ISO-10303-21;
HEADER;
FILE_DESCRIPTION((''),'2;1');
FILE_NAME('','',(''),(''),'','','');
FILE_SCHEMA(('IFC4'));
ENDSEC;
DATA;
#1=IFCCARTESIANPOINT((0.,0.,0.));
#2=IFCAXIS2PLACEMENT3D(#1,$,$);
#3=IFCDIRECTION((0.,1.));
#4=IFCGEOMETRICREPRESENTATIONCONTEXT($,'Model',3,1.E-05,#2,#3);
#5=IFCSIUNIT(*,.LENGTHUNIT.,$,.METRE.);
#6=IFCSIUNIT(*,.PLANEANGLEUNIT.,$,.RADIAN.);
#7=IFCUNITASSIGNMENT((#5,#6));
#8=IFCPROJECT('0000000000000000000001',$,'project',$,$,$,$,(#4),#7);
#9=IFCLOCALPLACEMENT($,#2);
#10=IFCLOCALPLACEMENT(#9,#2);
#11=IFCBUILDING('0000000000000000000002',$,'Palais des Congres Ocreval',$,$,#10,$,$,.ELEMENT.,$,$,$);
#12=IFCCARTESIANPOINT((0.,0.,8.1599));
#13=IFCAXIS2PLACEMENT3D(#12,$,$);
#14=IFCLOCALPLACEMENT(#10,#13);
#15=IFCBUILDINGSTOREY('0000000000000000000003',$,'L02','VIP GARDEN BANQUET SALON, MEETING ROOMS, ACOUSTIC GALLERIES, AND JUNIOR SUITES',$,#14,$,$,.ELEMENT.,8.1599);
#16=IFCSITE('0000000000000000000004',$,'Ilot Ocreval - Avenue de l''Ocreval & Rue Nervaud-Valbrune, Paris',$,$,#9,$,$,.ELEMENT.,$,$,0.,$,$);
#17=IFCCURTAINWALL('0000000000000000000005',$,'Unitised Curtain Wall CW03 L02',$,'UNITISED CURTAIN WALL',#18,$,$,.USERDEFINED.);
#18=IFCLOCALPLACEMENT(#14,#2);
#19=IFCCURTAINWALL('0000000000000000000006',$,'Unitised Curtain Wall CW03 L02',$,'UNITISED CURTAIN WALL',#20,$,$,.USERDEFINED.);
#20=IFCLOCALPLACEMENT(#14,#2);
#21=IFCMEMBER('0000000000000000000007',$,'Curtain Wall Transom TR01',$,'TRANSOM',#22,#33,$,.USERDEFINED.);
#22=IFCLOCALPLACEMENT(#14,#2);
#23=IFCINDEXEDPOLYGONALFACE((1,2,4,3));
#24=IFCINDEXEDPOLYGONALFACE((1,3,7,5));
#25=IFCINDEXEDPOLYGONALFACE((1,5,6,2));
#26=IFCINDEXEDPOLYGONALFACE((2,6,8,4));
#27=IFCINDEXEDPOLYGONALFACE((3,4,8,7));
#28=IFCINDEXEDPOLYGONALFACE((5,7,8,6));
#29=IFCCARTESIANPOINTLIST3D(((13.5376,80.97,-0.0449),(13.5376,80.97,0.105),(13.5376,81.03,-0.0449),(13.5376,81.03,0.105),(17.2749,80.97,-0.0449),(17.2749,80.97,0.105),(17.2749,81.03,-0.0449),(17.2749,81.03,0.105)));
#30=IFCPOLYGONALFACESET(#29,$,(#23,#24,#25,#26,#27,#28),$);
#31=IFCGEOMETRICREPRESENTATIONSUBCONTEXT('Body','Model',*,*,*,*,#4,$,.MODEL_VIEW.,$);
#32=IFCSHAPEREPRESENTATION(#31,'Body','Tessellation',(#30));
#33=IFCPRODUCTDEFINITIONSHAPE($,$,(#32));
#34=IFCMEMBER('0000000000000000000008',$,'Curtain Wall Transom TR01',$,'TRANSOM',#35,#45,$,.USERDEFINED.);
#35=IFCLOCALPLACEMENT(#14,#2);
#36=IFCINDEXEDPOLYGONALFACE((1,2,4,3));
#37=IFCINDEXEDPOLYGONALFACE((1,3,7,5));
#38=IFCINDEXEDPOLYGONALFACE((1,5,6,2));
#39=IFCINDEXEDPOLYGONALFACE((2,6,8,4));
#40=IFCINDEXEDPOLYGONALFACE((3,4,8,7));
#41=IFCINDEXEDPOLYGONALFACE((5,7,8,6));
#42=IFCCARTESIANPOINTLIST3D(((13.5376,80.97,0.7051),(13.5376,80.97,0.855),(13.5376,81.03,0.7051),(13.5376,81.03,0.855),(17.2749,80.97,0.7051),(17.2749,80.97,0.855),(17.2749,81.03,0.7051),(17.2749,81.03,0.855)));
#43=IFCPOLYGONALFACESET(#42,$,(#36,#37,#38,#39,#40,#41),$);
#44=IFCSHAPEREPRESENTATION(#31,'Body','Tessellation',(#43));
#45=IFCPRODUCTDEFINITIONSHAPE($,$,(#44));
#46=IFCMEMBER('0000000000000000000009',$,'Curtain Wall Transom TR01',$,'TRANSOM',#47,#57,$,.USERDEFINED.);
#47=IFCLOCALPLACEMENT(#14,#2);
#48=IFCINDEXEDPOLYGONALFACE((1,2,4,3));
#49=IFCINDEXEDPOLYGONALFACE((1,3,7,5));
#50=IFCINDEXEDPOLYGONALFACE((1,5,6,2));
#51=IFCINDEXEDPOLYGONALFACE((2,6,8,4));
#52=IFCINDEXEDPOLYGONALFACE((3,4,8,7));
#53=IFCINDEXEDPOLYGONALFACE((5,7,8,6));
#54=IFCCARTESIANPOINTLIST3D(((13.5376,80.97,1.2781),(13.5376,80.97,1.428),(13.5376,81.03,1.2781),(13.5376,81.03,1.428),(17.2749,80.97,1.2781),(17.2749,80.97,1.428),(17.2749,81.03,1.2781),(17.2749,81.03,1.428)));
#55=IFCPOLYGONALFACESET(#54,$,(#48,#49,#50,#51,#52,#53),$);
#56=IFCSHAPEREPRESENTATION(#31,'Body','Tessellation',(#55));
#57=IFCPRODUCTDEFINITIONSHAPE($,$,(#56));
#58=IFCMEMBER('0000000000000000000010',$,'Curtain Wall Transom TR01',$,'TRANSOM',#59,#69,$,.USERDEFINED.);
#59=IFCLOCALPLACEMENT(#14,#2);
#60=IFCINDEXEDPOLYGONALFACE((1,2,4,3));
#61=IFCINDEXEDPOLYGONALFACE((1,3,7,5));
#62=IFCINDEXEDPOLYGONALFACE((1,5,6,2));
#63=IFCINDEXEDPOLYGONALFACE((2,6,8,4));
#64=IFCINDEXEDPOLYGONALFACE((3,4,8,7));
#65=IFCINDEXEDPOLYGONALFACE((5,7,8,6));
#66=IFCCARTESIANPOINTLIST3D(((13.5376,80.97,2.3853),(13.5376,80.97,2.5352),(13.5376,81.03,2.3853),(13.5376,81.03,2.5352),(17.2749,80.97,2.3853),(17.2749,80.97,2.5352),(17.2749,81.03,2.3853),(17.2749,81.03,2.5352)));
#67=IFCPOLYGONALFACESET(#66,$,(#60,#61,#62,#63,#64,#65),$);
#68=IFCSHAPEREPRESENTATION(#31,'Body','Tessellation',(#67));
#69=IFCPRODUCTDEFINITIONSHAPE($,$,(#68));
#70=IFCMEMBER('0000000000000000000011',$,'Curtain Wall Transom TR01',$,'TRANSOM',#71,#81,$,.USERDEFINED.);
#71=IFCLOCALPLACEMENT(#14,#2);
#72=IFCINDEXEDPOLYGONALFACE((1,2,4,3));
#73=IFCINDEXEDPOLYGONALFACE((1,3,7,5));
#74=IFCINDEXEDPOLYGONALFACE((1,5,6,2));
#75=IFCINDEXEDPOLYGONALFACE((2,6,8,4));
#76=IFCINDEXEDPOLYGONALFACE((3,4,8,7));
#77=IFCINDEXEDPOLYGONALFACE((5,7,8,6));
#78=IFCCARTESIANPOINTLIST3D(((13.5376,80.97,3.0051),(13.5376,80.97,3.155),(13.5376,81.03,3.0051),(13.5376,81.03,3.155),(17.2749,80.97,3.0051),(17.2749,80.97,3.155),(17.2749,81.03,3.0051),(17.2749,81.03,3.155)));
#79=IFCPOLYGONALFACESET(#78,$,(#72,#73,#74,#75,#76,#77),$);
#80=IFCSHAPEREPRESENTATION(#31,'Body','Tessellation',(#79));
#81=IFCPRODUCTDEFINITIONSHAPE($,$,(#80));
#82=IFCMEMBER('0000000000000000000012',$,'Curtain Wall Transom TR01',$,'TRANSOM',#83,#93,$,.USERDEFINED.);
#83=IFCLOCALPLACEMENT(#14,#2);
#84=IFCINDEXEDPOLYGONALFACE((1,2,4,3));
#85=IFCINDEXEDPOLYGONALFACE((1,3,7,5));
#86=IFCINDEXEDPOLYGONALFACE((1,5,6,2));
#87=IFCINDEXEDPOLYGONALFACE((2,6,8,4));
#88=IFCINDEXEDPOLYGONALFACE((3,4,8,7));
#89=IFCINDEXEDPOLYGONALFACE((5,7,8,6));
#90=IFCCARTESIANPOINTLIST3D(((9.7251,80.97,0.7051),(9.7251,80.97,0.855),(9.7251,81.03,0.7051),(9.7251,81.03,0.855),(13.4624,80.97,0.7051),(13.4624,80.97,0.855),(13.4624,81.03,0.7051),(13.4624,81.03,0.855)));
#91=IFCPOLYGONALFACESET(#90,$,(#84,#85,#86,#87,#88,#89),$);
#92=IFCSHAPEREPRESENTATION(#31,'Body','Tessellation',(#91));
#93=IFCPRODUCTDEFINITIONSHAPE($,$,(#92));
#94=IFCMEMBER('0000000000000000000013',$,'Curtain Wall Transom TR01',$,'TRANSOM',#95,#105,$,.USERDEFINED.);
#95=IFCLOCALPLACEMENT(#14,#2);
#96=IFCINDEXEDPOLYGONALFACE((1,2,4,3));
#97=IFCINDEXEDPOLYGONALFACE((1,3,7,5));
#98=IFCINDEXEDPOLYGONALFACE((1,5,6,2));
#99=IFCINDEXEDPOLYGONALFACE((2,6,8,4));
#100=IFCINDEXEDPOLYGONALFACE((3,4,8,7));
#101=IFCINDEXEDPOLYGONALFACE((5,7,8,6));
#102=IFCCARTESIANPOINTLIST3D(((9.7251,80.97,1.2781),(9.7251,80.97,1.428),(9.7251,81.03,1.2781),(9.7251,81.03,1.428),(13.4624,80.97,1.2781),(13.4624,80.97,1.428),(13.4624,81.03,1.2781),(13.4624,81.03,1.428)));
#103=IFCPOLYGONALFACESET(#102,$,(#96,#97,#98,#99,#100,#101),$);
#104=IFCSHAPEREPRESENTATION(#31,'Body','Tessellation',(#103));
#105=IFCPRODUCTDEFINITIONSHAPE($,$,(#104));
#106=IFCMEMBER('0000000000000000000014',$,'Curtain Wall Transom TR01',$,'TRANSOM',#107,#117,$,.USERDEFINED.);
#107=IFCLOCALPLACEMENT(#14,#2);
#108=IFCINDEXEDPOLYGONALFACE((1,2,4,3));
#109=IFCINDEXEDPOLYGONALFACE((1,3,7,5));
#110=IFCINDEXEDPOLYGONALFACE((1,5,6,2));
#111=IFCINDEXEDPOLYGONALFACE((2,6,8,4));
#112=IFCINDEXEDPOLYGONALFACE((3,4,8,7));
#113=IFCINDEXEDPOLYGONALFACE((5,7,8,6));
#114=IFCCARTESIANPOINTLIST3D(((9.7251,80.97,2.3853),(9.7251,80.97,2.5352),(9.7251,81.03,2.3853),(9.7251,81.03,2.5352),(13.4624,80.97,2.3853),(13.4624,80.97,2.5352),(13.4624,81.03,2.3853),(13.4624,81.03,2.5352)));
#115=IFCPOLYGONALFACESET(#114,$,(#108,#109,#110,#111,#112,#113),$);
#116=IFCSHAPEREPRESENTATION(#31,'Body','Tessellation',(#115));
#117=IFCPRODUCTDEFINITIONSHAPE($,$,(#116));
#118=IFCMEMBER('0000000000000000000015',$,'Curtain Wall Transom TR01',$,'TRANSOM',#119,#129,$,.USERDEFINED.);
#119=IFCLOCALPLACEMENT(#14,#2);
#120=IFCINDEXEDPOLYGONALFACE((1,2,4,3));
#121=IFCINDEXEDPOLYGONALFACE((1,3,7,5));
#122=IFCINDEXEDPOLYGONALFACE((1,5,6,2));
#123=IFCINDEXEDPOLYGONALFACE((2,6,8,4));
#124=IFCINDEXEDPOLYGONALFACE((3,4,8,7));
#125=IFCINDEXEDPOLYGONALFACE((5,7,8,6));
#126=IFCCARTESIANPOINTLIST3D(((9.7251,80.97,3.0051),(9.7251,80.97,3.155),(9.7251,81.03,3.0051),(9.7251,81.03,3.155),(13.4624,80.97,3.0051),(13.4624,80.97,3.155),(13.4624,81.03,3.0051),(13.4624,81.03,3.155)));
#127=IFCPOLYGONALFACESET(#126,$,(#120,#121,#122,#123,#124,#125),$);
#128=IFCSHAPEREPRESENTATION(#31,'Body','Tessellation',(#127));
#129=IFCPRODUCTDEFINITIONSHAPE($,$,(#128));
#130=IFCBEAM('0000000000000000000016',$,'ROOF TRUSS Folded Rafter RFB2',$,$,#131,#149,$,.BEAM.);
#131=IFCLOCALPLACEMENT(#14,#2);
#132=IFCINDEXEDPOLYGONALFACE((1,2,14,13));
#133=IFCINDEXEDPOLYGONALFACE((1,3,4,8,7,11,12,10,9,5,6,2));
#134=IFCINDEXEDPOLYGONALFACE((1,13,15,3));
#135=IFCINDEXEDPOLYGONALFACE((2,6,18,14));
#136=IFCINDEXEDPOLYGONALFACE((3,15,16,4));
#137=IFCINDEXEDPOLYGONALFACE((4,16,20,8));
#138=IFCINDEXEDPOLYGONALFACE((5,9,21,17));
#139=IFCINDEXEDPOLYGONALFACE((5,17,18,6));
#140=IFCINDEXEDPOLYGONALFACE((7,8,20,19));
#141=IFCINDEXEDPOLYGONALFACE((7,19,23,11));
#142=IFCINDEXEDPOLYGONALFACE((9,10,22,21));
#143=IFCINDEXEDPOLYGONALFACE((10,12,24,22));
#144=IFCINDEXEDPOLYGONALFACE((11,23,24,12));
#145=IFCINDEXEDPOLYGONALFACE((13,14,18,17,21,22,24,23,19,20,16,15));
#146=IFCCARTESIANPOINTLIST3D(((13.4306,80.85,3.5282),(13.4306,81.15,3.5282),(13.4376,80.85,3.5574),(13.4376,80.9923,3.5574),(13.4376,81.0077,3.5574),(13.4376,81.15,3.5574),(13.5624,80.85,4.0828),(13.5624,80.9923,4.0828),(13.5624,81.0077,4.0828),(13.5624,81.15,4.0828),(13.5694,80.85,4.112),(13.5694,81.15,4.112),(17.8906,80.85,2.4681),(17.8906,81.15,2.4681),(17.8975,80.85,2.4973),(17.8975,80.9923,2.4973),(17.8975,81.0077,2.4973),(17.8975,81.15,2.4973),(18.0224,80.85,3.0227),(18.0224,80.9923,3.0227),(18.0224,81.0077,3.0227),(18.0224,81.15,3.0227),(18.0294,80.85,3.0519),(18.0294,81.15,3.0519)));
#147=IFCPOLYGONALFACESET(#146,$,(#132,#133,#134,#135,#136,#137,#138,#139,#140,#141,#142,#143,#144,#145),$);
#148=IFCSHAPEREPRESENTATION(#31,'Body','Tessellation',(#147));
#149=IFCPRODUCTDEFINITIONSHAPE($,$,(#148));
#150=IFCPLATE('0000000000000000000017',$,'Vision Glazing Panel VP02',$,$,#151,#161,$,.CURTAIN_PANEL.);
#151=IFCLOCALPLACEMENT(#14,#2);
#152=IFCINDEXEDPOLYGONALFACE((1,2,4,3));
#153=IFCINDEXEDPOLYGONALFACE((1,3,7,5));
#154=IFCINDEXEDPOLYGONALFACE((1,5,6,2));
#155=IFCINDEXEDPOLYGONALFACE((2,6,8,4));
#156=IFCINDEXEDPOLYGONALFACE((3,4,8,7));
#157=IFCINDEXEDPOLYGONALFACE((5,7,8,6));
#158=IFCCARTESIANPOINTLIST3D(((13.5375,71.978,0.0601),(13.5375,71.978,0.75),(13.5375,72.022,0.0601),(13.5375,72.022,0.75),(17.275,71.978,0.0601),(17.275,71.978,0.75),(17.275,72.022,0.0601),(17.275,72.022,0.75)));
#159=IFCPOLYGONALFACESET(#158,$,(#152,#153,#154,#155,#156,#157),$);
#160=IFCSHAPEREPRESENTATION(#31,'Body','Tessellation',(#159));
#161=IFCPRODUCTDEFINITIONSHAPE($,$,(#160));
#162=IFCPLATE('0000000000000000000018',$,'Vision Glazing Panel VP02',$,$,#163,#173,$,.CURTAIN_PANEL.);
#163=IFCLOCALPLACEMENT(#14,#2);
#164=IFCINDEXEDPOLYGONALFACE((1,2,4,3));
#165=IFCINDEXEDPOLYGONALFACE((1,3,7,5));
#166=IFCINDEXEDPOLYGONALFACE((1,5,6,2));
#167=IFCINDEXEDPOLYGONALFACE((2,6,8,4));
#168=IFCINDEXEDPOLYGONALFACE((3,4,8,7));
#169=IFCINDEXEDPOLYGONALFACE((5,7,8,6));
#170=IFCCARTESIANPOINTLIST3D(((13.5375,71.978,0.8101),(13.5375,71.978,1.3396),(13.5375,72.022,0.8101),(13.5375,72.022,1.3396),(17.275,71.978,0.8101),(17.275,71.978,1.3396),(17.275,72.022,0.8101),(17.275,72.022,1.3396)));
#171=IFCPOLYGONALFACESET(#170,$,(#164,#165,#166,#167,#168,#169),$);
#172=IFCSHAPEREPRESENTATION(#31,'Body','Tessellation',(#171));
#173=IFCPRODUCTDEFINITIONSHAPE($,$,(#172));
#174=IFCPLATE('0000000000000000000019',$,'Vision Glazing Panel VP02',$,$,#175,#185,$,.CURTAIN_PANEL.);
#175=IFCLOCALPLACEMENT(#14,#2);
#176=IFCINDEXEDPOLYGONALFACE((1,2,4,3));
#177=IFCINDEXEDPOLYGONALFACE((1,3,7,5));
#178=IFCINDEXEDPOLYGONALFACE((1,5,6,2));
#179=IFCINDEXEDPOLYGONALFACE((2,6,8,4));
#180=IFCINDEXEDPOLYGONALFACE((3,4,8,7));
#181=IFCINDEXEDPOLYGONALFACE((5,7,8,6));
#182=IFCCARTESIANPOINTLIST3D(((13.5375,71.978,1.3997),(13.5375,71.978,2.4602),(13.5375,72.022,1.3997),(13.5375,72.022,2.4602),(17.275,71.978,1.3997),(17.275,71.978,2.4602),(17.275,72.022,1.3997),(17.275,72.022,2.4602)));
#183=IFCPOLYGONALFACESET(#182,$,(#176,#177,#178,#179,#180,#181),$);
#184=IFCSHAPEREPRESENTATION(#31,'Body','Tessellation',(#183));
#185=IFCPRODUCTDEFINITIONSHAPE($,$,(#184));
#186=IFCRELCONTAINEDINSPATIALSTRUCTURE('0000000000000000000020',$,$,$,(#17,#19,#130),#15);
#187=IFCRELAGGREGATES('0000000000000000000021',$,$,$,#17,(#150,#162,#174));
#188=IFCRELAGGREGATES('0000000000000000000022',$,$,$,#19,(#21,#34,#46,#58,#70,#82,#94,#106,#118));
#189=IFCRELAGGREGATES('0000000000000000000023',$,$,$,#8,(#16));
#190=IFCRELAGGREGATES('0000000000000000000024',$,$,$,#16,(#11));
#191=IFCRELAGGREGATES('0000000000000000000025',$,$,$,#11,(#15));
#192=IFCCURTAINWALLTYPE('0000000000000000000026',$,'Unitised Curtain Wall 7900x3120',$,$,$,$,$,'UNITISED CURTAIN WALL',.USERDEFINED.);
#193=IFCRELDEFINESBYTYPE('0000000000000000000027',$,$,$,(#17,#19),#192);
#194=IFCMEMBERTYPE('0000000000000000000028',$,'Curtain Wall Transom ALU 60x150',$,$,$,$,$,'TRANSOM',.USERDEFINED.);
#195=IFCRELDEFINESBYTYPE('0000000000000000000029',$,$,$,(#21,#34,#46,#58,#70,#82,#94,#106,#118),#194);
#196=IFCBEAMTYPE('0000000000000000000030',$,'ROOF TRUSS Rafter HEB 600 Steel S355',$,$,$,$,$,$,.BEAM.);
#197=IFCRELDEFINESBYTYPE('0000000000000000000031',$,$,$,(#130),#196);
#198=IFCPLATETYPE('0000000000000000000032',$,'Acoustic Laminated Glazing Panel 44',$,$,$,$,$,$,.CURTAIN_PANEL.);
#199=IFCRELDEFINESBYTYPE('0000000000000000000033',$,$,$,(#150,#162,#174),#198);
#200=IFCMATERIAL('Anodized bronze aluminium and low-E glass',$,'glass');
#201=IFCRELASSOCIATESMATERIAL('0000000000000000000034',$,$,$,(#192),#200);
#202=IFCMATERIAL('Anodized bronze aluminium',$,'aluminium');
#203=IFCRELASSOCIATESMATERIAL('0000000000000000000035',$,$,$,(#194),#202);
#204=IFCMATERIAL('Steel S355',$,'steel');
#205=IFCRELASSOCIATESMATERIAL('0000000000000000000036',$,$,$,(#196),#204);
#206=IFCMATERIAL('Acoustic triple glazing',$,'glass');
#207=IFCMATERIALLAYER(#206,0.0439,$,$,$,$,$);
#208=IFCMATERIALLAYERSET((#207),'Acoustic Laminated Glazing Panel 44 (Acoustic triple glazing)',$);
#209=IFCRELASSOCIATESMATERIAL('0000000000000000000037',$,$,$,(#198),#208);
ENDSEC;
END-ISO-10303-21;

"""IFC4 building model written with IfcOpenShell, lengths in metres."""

from ifc_helpers import new_model, si_unit, direction, frame, origin, origin_2d, place, context, subcontext, project, spatial, rectangle, i_section, extrude, material, layer, layer_set, material_profile, profile_set, type_object, element, aggregate, save


model = new_model("IFC4")

# Units and contexts
model_context = context("Model", 3, precision=1e-05, world=origin(), true_north=direction((0.0, 1.0)))
body_context = subcontext(model_context, "Body", "Model", "MODEL_VIEW")
ifc_project = project(units=[si_unit("LENGTHUNIT", "METRE"), si_unit("PLANEANGLEUNIT", "RADIAN")], contexts=[model_context])

# Site, building, storey
site_placement = place(None, origin())
site = spatial("IfcSite", under=ifc_project, at=site_placement, Name="Ilot Ocreval - Avenue de l'Ocreval & Rue Nervaud-Valbrune, Paris", CompositionType="ELEMENT", RefElevation=0.0)
building_placement = place(site_placement, origin())
building = spatial("IfcBuilding", under=site, at=building_placement, Name="Palais des Congres Ocreval", CompositionType="ELEMENT")
storey_placement = place(building_placement, frame((0.0, 0.0, 8.1599)))
storey = spatial("IfcBuildingStorey", under=building, at=storey_placement, Name="L02", Description="VIP GARDEN BANQUET SALON, MEETING ROOMS, ACOUSTIC GALLERIES, AND JUNIOR SUITES", CompositionType="ELEMENT", Elevation=8.1599)

# Shared definitions
ifc_material_1 = material(Name="Steel S355", Category="steel")

# Curtain walls
ifc_material_2 = material(Name="Anodized bronze aluminium and low-E glass", Category="glass")
curtain_wall_type = type_object("IfcCurtainWallType", Name="Unitised Curtain Wall 7900x3120", ElementType="UNITISED CURTAIN WALL", PredefinedType="USERDEFINED", material=ifc_material_2)
curtain_wall_1_placement = place(storey_placement, origin())
curtain_wall_1 = element("IfcCurtainWall", 1, at=curtain_wall_1_placement, inside=storey, type_object=curtain_wall_type, Name="Unitised Curtain Wall CW03 L02", ObjectType="UNITISED CURTAIN WALL", PredefinedType="USERDEFINED")
ifc_material_3 = material(Name="Anodized bronze aluminium", Category="aluminium")
curtain_wall_2_placement = place(storey_placement, origin())
curtain_wall_2 = element("IfcCurtainWall", 2, at=curtain_wall_2_placement, inside=storey, type_object=curtain_wall_type, Name="Unitised Curtain Wall CW03 L02", ObjectType="UNITISED CURTAIN WALL", PredefinedType="USERDEFINED")

# Members
ifc_material_profile_1 = material_profile(ifc_material_3, rectangle(XDim=0.0601, YDim=0.1499, at=origin_2d()), Name="ALU 60x150")
ifc_profile_set_1 = profile_set([ifc_material_profile_1], Name="Anodized bronze aluminium")
member_type_1 = type_object("IfcMemberType", Name="Curtain Wall Transom ALU 60x150", ElementType="TRANSOM", PredefinedType="USERDEFINED", material=ifc_profile_set_1)
member_1_placement = place(storey_placement, frame((17.2749, 81.0, 0.03), z_axis=(-1.0, 0.0, 0.0), x_axis=(0.0, -1.0, 0.0)))
member_1 = element("IfcMember", 3, at=member_1_placement, type_object=member_type_1, Name="Curtain Wall Transom TR01", ObjectType="TRANSOM", PredefinedType="USERDEFINED", context=body_context, shape_type="SweptSolid", body=[
    extrude(rectangle(XDim=0.0601, YDim=0.1499, at=origin_2d()), origin(), (0.0, 0.0, 1.0), 3.7373),
])
member_2_placement = place(storey_placement, frame((17.2749, 81.0, 0.78), z_axis=(-1.0, 0.0, 0.0), x_axis=(0.0, -1.0, 0.0)))
member_2 = element("IfcMember", 4, at=member_2_placement, type_object=member_type_1, Name="Curtain Wall Transom TR01", ObjectType="TRANSOM", PredefinedType="USERDEFINED", context=body_context, shape_type="SweptSolid", body=[
    extrude(rectangle(XDim=0.0601, YDim=0.1499, at=origin_2d()), origin(), (0.0, 0.0, 1.0), 3.7373),
])
member_3_placement = place(storey_placement, frame((17.2749, 81.0, 1.353), z_axis=(-1.0, 0.0, 0.0), x_axis=(0.0, -1.0, 0.0)))
member_3 = element("IfcMember", 5, at=member_3_placement, type_object=member_type_1, Name="Curtain Wall Transom TR01", ObjectType="TRANSOM", PredefinedType="USERDEFINED", context=body_context, shape_type="SweptSolid", body=[
    extrude(rectangle(XDim=0.0601, YDim=0.1499, at=origin_2d()), origin(), (0.0, 0.0, 1.0), 3.7373),
])
member_4_placement = place(storey_placement, frame((17.2749, 81.0, 2.4602), z_axis=(-1.0, 0.0, 0.0), x_axis=(0.0, -1.0, 0.0)))
member_4 = element("IfcMember", 6, at=member_4_placement, type_object=member_type_1, Name="Curtain Wall Transom TR01", ObjectType="TRANSOM", PredefinedType="USERDEFINED", context=body_context, shape_type="SweptSolid", body=[
    extrude(rectangle(XDim=0.0601, YDim=0.1499, at=origin_2d()), origin(), (0.0, 0.0, 1.0), 3.7373),
])
member_5_placement = place(storey_placement, frame((17.2749, 81.0, 3.0801), z_axis=(-1.0, 0.0, 0.0), x_axis=(0.0, -1.0, 0.0)))
member_5 = element("IfcMember", 7, at=member_5_placement, type_object=member_type_1, Name="Curtain Wall Transom TR01", ObjectType="TRANSOM", PredefinedType="USERDEFINED", context=body_context, shape_type="SweptSolid", body=[
    extrude(rectangle(XDim=0.0601, YDim=0.1499, at=origin_2d()), origin(), (0.0, 0.0, 1.0), 3.7373),
])
member_6_placement = place(storey_placement, frame((13.4624, 81.0, 0.78), z_axis=(-1.0, 0.0, 0.0), x_axis=(0.0, -1.0, 0.0)))
member_6 = element("IfcMember", 8, at=member_6_placement, type_object=member_type_1, Name="Curtain Wall Transom TR01", ObjectType="TRANSOM", PredefinedType="USERDEFINED", context=body_context, shape_type="SweptSolid", body=[
    extrude(rectangle(XDim=0.0601, YDim=0.1499, at=origin_2d()), origin(), (0.0, 0.0, 1.0), 3.7373),
])
member_7_placement = place(storey_placement, frame((13.4624, 81.0, 1.353), z_axis=(-1.0, 0.0, 0.0), x_axis=(0.0, -1.0, 0.0)))
member_7 = element("IfcMember", 9, at=member_7_placement, type_object=member_type_1, Name="Curtain Wall Transom TR01", ObjectType="TRANSOM", PredefinedType="USERDEFINED", context=body_context, shape_type="SweptSolid", body=[
    extrude(rectangle(XDim=0.0601, YDim=0.1499, at=origin_2d()), origin(), (0.0, 0.0, 1.0), 3.7373),
])
member_8_placement = place(storey_placement, frame((13.4624, 81.0, 2.4602), z_axis=(-1.0, 0.0, 0.0), x_axis=(0.0, -1.0, 0.0)))
member_8 = element("IfcMember", 10, at=member_8_placement, type_object=member_type_1, Name="Curtain Wall Transom TR01", ObjectType="TRANSOM", PredefinedType="USERDEFINED", context=body_context, shape_type="SweptSolid", body=[
    extrude(rectangle(XDim=0.0601, YDim=0.1499, at=origin_2d()), origin(), (0.0, 0.0, 1.0), 3.7373),
])
member_9_placement = place(storey_placement, frame((13.4624, 81.0, 3.0801), z_axis=(-1.0, 0.0, 0.0), x_axis=(0.0, -1.0, 0.0)))
member_9 = element("IfcMember", 11, at=member_9_placement, type_object=member_type_1, Name="Curtain Wall Transom TR01", ObjectType="TRANSOM", PredefinedType="USERDEFINED", context=body_context, shape_type="SweptSolid", body=[
    extrude(rectangle(XDim=0.0601, YDim=0.1499, at=origin_2d()), origin(), (0.0, 0.0, 1.0), 3.7373),
])

# Beam
ifc_material_profile_2 = material_profile(ifc_material_1, i_section(OverallWidth=0.3, OverallDepth=0.6001, WebThickness=0.0154, FlangeThickness=0.03, at=origin_2d()), Name="HEB 600")
ifc_profile_set_2 = profile_set([ifc_material_profile_2], Name="Steel S355")
beam_type = type_object("IfcBeamType", Name="ROOF TRUSS Rafter HEB 600 Steel S355", PredefinedType="BEAM", material=ifc_profile_set_2)
beam_placement = place(storey_placement, frame((13.5, 81.0, 3.8201), z_axis=(0.972896, 0.0, -0.231241), x_axis=(0.0, 1.0, 0.0)))
element("IfcBeam", 12, at=beam_placement, inside=storey, type_object=beam_type, Name="ROOF TRUSS Folded Rafter RFB2", PredefinedType="BEAM", context=body_context, shape_type="SweptSolid", body=[
    extrude(i_section(OverallWidth=0.3, OverallDepth=0.6001, WebThickness=0.0154, FlangeThickness=0.03, at=origin_2d()), origin(), (0.0, 0.0, 1.0), 4.5842),
])

# Plates
ifc_material_4 = material(Name="Acoustic triple glazing", Category="glass")
ifc_layer_1 = layer(ifc_material_4, 0.0439)
ifc_layer_set_1 = layer_set([ifc_layer_1], Name="Acoustic Laminated Glazing Panel 44 (Acoustic triple glazing)")
plate_type_1 = type_object("IfcPlateType", Name="Acoustic Laminated Glazing Panel 44", PredefinedType="CURTAIN_PANEL", material=ifc_layer_set_1)
plate_1_placement = place(storey_placement, frame((15.4062, 72.0, 0.0601), z_axis=(0.0, 0.0, 1.0), x_axis=(1.0, 0.0, 0.0)))
plate_1 = element("IfcPlate", 13, at=plate_1_placement, type_object=plate_type_1, Name="Vision Glazing Panel VP02", PredefinedType="CURTAIN_PANEL", context=body_context, shape_type="SweptSolid", body=[
    extrude(rectangle(XDim=3.7375, YDim=0.0439, at=origin_2d()), origin(), (0.0, 0.0, 1.0), 0.6899),
])
plate_2_placement = place(storey_placement, frame((15.4062, 72.0, 0.8101), z_axis=(0.0, 0.0, 1.0), x_axis=(1.0, 0.0, 0.0)))
plate_2 = element("IfcPlate", 14, at=plate_2_placement, type_object=plate_type_1, Name="Vision Glazing Panel VP02", PredefinedType="CURTAIN_PANEL", context=body_context, shape_type="SweptSolid", body=[
    extrude(rectangle(XDim=3.7375, YDim=0.0439, at=origin_2d()), origin(), (0.0, 0.0, 1.0), 0.5295),
])
plate_3_placement = place(storey_placement, frame((15.4062, 72.0, 1.3997), z_axis=(0.0, 0.0, 1.0), x_axis=(1.0, 0.0, 0.0)))
plate_3 = element("IfcPlate", 15, at=plate_3_placement, type_object=plate_type_1, Name="Vision Glazing Panel VP02", PredefinedType="CURTAIN_PANEL", context=body_context, shape_type="SweptSolid", body=[
    extrude(rectangle(XDim=3.7375, YDim=0.0439, at=origin_2d()), origin(), (0.0, 0.0, 1.0), 1.0605),
])
aggregate(curtain_wall_1, [plate_1, plate_2, plate_3])
aggregate(curtain_wall_2, [member_1, member_2, member_3, member_4, member_5, member_6, member_7, member_8, member_9])

save(model, "model.ifc")
